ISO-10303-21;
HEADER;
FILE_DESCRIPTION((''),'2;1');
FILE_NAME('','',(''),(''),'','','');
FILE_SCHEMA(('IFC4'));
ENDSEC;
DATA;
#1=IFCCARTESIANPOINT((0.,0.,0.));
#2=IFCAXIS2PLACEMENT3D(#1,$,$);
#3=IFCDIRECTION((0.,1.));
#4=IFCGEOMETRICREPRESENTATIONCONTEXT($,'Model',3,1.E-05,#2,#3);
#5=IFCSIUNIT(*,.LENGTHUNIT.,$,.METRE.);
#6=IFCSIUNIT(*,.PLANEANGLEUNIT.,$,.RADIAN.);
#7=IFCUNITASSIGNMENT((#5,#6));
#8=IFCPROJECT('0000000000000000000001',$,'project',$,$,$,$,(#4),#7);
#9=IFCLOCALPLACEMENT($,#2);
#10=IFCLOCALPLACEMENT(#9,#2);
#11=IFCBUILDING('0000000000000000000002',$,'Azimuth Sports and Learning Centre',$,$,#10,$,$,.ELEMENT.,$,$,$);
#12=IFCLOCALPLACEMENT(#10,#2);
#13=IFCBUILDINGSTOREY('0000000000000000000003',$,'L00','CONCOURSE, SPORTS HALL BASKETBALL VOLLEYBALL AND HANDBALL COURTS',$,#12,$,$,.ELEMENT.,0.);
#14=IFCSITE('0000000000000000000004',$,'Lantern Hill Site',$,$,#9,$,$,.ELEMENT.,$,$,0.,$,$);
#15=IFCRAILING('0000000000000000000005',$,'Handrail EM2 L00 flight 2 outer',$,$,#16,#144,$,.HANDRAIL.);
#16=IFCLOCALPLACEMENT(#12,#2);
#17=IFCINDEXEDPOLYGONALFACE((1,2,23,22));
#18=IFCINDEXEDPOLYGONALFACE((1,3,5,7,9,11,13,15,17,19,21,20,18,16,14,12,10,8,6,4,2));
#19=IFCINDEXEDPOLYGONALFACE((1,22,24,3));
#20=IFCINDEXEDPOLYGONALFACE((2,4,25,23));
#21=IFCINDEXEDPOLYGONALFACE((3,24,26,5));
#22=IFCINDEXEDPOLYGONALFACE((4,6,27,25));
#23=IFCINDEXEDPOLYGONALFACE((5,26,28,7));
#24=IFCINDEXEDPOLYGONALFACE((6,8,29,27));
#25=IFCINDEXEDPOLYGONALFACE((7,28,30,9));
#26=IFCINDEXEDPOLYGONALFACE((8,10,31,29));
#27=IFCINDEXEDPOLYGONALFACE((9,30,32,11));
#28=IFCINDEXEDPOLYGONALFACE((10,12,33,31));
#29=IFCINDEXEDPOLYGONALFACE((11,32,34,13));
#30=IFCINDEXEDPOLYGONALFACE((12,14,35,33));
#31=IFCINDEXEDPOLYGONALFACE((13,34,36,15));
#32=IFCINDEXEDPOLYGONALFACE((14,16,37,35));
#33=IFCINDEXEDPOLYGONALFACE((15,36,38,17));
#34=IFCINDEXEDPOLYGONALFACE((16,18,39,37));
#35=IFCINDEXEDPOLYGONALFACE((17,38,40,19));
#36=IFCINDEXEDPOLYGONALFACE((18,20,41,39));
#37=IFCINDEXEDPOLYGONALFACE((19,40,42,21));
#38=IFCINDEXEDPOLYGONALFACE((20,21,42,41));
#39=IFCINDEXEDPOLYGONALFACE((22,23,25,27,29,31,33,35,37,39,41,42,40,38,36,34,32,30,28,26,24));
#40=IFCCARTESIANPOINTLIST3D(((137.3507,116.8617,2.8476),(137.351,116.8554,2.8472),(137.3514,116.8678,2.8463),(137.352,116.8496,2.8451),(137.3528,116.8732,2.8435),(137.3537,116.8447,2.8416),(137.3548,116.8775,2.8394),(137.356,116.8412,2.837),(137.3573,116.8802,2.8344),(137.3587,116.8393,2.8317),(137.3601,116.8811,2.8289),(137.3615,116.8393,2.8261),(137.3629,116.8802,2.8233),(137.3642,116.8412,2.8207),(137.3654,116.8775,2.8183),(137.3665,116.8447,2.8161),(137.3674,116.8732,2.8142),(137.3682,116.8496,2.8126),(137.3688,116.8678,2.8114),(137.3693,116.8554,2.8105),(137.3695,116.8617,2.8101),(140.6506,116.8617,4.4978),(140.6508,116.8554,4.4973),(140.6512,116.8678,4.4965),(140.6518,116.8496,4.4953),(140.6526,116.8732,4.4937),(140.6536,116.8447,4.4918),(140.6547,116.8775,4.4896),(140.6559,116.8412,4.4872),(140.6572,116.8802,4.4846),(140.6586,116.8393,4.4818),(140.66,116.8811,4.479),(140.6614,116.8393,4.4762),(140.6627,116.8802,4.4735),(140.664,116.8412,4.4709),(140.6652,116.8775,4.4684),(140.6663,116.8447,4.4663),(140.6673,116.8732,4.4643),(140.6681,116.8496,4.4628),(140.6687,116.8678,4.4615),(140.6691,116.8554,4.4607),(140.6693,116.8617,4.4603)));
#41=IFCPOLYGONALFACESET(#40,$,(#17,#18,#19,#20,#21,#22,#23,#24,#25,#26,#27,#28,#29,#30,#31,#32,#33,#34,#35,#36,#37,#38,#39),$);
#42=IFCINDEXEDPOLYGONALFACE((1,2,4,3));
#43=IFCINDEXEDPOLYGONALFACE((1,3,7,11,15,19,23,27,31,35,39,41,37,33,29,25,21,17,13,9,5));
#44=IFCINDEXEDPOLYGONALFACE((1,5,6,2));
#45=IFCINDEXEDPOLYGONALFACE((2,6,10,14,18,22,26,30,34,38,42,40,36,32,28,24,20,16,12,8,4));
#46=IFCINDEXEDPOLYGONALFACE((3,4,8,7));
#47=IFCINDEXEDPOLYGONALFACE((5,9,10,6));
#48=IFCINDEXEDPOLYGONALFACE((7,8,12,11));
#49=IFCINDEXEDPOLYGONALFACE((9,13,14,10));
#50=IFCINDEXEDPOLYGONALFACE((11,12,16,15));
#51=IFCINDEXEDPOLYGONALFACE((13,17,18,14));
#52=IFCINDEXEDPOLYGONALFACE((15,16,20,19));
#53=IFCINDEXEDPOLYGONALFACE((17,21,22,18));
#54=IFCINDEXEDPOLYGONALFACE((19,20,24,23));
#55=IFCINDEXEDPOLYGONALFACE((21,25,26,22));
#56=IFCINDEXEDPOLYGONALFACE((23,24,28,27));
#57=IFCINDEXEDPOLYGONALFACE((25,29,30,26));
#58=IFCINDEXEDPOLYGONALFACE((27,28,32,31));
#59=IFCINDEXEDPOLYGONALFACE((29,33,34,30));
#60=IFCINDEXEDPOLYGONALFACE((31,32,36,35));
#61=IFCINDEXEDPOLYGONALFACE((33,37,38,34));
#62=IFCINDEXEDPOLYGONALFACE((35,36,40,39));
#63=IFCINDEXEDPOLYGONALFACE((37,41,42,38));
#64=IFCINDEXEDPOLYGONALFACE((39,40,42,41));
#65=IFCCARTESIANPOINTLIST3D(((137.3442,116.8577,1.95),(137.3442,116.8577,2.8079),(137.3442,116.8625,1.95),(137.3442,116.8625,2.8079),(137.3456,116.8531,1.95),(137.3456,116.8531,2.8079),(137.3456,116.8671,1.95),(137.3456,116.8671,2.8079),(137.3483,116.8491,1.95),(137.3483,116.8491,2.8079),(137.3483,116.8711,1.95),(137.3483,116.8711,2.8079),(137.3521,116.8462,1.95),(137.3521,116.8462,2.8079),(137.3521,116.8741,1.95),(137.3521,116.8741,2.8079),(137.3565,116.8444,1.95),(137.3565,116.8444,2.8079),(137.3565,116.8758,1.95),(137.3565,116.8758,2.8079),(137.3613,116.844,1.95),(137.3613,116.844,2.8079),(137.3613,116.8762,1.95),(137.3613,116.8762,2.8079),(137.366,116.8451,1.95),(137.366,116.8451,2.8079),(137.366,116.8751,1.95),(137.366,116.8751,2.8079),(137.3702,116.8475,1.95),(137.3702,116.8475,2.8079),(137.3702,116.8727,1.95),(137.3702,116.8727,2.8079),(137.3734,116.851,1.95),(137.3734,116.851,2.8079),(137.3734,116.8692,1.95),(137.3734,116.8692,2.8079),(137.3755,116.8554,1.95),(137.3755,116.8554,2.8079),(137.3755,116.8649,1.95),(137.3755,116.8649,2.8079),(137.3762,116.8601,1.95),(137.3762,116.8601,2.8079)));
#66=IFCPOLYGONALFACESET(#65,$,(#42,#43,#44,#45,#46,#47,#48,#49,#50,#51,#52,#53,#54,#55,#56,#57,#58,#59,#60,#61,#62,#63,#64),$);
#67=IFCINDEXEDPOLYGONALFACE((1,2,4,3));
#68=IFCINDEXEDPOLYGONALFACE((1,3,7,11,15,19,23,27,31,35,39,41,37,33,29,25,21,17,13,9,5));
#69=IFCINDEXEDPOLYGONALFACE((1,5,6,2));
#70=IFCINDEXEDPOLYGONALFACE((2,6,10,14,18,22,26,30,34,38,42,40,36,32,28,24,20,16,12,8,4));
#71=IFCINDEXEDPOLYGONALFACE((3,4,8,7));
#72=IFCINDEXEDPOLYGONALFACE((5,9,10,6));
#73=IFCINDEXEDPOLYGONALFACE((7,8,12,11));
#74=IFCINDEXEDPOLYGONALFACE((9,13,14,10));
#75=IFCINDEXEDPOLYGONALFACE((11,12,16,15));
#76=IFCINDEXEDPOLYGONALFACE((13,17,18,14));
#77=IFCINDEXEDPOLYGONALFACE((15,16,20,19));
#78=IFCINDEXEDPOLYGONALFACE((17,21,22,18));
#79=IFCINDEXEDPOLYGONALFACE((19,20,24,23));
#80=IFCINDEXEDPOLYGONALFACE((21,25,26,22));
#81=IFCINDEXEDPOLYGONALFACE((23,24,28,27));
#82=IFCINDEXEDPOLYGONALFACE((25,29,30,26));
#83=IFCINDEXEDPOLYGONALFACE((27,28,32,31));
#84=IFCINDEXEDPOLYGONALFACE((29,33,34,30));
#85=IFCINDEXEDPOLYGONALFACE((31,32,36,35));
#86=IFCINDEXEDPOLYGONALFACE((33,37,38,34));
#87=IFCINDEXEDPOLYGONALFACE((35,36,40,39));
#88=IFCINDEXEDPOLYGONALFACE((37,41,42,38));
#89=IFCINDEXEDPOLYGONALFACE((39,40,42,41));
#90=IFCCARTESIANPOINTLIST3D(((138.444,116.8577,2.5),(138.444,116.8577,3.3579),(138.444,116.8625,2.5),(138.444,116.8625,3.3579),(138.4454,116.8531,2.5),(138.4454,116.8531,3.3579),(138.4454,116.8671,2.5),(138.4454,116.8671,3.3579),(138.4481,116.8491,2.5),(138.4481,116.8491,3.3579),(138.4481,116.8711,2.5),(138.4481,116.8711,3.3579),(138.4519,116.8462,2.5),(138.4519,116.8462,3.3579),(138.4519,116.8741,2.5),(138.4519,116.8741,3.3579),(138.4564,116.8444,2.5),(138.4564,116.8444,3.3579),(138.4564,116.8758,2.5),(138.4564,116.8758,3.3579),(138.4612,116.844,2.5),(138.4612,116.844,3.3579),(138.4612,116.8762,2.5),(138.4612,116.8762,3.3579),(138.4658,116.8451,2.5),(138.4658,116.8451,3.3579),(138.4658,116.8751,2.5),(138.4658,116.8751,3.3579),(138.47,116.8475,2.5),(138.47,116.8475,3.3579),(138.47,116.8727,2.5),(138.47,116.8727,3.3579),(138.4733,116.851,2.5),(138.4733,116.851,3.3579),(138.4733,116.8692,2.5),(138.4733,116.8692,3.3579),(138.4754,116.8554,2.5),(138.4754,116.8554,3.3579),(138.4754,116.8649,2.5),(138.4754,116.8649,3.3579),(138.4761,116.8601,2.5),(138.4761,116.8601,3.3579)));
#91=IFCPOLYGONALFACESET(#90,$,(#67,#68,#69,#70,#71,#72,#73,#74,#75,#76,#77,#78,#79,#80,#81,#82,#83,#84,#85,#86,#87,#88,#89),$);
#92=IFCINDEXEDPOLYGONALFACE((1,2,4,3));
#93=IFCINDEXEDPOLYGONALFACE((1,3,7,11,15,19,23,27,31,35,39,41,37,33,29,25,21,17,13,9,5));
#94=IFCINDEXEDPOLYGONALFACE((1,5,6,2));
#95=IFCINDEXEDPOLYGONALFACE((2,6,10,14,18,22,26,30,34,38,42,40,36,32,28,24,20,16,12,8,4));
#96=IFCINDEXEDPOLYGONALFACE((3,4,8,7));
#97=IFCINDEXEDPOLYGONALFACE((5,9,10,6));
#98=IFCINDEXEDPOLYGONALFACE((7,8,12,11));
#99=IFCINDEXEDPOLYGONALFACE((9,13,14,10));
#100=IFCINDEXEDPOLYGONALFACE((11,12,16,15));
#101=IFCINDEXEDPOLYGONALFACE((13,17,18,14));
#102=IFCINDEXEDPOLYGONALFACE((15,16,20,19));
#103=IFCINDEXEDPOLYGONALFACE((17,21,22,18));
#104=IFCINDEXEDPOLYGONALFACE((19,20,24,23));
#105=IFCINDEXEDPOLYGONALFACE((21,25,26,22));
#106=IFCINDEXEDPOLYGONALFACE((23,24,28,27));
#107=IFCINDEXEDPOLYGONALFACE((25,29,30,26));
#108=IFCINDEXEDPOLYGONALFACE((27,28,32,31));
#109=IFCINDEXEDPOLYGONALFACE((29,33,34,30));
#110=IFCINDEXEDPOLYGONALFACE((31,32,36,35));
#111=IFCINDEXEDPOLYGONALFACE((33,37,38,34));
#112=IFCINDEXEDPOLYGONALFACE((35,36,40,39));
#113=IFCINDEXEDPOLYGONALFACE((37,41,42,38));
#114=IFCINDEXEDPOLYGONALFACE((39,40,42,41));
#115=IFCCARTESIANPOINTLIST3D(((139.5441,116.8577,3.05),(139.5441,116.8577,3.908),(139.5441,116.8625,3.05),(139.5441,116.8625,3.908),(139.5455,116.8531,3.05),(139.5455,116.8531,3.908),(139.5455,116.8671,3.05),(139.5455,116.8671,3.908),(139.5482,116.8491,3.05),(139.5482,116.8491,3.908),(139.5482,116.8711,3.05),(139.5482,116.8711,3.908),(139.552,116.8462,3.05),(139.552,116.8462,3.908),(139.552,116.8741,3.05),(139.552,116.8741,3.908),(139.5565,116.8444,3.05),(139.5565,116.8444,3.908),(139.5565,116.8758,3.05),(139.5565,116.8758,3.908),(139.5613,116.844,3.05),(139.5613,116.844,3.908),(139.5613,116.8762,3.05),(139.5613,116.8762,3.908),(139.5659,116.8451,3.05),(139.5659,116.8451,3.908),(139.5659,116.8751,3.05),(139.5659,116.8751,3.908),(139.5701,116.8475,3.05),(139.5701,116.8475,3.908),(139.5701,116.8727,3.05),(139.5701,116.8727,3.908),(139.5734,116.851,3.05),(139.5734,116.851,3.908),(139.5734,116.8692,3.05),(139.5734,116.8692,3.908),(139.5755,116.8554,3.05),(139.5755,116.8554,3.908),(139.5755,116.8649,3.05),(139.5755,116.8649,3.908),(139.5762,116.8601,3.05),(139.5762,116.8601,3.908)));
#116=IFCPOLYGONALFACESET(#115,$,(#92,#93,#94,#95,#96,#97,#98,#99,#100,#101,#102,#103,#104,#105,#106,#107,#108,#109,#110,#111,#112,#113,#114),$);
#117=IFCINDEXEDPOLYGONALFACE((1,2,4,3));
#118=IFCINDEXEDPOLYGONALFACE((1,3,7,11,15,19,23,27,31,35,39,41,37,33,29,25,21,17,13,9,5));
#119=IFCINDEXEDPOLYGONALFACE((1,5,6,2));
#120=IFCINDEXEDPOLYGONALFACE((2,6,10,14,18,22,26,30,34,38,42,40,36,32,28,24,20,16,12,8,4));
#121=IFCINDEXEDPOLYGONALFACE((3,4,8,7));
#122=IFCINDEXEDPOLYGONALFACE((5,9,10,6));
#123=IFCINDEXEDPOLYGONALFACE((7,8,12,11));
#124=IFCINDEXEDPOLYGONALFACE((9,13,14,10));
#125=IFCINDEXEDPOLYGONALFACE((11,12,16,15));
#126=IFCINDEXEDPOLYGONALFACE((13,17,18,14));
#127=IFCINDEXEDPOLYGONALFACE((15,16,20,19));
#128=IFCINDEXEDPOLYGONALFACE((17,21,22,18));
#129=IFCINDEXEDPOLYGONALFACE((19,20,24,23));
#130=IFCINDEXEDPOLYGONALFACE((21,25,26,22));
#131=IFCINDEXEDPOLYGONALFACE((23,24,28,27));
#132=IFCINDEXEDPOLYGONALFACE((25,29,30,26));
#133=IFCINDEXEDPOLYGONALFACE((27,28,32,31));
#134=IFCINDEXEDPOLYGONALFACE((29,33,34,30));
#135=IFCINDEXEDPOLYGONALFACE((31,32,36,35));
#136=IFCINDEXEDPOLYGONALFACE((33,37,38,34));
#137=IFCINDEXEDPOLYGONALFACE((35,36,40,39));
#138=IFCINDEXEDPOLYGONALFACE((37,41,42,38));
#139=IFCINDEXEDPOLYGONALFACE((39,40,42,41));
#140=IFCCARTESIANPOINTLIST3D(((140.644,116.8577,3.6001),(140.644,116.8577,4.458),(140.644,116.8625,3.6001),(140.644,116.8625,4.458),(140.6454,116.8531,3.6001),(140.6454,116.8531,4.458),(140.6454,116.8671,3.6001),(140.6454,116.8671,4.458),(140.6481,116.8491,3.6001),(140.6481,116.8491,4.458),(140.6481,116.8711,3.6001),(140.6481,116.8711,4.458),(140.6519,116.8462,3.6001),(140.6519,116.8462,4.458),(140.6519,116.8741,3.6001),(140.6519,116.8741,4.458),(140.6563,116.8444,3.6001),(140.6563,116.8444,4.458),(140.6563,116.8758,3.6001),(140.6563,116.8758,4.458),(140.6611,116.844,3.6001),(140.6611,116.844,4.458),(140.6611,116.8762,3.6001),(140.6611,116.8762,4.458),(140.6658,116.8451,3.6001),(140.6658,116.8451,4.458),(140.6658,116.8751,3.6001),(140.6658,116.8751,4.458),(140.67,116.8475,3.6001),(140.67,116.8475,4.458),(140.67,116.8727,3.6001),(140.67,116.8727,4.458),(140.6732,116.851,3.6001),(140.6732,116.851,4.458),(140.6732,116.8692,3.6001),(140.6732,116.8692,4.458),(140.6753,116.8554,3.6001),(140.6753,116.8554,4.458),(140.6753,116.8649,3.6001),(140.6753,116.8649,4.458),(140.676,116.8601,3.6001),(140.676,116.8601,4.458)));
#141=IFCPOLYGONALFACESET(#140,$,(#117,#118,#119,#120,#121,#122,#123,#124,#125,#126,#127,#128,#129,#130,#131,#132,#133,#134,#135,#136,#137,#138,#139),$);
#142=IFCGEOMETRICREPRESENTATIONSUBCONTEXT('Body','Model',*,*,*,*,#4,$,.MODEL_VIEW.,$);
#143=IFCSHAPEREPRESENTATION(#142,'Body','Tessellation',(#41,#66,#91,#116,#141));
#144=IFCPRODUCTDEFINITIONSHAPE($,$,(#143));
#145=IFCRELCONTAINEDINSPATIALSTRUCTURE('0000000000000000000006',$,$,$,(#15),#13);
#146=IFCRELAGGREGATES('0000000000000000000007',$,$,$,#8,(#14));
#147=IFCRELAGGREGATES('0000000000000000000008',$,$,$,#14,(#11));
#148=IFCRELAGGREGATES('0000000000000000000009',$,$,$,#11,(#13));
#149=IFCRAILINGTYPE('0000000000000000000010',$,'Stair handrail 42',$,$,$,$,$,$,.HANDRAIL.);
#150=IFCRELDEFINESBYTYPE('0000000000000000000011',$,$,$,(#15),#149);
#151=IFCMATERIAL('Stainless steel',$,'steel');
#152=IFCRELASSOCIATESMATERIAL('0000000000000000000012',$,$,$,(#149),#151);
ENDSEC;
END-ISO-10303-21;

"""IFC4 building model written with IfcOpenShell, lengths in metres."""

from ifc_helpers import new_model, si_unit, direction, frame, origin, origin_2d, place, context, subcontext, project, spatial, circle, extrude, material, type_object, element, save


model = new_model("IFC4")

# Units and contexts
model_context = context("Model", 3, precision=1e-05, world=origin(), true_north=direction((0.0, 1.0)))
body_context = subcontext(model_context, "Body", "Model", "MODEL_VIEW")
ifc_project = project(units=[si_unit("LENGTHUNIT", "METRE"), si_unit("PLANEANGLEUNIT", "RADIAN")], contexts=[model_context])

# Site, building, storey
site_placement = place(None, origin())
site = spatial("IfcSite", under=ifc_project, at=site_placement, Name="Lantern Hill Site", CompositionType="ELEMENT", RefElevation=0.0)
building_placement = place(site_placement, origin())
building = spatial("IfcBuilding", under=site, at=building_placement, Name="Azimuth Sports and Learning Centre", CompositionType="ELEMENT")
storey_placement = place(building_placement, origin())
storey = spatial("IfcBuildingStorey", under=building, at=storey_placement, Name="L00", Description="CONCOURSE, SPORTS HALL BASKETBALL VOLLEYBALL AND HANDBALL COURTS", CompositionType="ELEMENT", Elevation=0.0)

# Railing
ifc_material_1 = material(Name="Stainless steel", Category="steel")
railing_type_1 = type_object("IfcRailingType", Name="Stair handrail 42", PredefinedType="HANDRAIL", material=ifc_material_1)
for number, where, name in (
    (1, (137.3601, 116.8601, 1.95), "Handrail EM2 L00 flight 2 outer"),
):
    element("IfcRailing", number, at=place(storey_placement, frame(where)), inside=storey, type_object=railing_type_1, Name=name, PredefinedType="HANDRAIL", context=body_context, shape_type="SweptSolid", body=[
        extrude(circle(Radius=0.021, at=origin_2d()), frame((0.0, 0.0, 0.8789), z_axis=(0.894401, 0.0, 0.447267), x_axis=(0.0, 1.0, 0.0)), (0.0, 0.0, 1.0), 3.6895),
        extrude(circle(Radius=0.0161, at=origin_2d()), origin(), (0.0, 0.0, 1.0), 0.8579),
        extrude(circle(Radius=0.0161, at=origin_2d()), frame((1.0999, 0.0, 0.55)), (0.0, 0.0, 1.0), 0.8579),
        extrude(circle(Radius=0.0161, at=origin_2d()), frame((2.2, 0.0, 1.1001)), (0.0, 0.0, 1.0), 0.8579),
        extrude(circle(Radius=0.0161, at=origin_2d()), frame((3.2998, 0.0, 1.6501)), (0.0, 0.0, 1.0), 0.8579),
    ])

save(model, "model.ifc")
